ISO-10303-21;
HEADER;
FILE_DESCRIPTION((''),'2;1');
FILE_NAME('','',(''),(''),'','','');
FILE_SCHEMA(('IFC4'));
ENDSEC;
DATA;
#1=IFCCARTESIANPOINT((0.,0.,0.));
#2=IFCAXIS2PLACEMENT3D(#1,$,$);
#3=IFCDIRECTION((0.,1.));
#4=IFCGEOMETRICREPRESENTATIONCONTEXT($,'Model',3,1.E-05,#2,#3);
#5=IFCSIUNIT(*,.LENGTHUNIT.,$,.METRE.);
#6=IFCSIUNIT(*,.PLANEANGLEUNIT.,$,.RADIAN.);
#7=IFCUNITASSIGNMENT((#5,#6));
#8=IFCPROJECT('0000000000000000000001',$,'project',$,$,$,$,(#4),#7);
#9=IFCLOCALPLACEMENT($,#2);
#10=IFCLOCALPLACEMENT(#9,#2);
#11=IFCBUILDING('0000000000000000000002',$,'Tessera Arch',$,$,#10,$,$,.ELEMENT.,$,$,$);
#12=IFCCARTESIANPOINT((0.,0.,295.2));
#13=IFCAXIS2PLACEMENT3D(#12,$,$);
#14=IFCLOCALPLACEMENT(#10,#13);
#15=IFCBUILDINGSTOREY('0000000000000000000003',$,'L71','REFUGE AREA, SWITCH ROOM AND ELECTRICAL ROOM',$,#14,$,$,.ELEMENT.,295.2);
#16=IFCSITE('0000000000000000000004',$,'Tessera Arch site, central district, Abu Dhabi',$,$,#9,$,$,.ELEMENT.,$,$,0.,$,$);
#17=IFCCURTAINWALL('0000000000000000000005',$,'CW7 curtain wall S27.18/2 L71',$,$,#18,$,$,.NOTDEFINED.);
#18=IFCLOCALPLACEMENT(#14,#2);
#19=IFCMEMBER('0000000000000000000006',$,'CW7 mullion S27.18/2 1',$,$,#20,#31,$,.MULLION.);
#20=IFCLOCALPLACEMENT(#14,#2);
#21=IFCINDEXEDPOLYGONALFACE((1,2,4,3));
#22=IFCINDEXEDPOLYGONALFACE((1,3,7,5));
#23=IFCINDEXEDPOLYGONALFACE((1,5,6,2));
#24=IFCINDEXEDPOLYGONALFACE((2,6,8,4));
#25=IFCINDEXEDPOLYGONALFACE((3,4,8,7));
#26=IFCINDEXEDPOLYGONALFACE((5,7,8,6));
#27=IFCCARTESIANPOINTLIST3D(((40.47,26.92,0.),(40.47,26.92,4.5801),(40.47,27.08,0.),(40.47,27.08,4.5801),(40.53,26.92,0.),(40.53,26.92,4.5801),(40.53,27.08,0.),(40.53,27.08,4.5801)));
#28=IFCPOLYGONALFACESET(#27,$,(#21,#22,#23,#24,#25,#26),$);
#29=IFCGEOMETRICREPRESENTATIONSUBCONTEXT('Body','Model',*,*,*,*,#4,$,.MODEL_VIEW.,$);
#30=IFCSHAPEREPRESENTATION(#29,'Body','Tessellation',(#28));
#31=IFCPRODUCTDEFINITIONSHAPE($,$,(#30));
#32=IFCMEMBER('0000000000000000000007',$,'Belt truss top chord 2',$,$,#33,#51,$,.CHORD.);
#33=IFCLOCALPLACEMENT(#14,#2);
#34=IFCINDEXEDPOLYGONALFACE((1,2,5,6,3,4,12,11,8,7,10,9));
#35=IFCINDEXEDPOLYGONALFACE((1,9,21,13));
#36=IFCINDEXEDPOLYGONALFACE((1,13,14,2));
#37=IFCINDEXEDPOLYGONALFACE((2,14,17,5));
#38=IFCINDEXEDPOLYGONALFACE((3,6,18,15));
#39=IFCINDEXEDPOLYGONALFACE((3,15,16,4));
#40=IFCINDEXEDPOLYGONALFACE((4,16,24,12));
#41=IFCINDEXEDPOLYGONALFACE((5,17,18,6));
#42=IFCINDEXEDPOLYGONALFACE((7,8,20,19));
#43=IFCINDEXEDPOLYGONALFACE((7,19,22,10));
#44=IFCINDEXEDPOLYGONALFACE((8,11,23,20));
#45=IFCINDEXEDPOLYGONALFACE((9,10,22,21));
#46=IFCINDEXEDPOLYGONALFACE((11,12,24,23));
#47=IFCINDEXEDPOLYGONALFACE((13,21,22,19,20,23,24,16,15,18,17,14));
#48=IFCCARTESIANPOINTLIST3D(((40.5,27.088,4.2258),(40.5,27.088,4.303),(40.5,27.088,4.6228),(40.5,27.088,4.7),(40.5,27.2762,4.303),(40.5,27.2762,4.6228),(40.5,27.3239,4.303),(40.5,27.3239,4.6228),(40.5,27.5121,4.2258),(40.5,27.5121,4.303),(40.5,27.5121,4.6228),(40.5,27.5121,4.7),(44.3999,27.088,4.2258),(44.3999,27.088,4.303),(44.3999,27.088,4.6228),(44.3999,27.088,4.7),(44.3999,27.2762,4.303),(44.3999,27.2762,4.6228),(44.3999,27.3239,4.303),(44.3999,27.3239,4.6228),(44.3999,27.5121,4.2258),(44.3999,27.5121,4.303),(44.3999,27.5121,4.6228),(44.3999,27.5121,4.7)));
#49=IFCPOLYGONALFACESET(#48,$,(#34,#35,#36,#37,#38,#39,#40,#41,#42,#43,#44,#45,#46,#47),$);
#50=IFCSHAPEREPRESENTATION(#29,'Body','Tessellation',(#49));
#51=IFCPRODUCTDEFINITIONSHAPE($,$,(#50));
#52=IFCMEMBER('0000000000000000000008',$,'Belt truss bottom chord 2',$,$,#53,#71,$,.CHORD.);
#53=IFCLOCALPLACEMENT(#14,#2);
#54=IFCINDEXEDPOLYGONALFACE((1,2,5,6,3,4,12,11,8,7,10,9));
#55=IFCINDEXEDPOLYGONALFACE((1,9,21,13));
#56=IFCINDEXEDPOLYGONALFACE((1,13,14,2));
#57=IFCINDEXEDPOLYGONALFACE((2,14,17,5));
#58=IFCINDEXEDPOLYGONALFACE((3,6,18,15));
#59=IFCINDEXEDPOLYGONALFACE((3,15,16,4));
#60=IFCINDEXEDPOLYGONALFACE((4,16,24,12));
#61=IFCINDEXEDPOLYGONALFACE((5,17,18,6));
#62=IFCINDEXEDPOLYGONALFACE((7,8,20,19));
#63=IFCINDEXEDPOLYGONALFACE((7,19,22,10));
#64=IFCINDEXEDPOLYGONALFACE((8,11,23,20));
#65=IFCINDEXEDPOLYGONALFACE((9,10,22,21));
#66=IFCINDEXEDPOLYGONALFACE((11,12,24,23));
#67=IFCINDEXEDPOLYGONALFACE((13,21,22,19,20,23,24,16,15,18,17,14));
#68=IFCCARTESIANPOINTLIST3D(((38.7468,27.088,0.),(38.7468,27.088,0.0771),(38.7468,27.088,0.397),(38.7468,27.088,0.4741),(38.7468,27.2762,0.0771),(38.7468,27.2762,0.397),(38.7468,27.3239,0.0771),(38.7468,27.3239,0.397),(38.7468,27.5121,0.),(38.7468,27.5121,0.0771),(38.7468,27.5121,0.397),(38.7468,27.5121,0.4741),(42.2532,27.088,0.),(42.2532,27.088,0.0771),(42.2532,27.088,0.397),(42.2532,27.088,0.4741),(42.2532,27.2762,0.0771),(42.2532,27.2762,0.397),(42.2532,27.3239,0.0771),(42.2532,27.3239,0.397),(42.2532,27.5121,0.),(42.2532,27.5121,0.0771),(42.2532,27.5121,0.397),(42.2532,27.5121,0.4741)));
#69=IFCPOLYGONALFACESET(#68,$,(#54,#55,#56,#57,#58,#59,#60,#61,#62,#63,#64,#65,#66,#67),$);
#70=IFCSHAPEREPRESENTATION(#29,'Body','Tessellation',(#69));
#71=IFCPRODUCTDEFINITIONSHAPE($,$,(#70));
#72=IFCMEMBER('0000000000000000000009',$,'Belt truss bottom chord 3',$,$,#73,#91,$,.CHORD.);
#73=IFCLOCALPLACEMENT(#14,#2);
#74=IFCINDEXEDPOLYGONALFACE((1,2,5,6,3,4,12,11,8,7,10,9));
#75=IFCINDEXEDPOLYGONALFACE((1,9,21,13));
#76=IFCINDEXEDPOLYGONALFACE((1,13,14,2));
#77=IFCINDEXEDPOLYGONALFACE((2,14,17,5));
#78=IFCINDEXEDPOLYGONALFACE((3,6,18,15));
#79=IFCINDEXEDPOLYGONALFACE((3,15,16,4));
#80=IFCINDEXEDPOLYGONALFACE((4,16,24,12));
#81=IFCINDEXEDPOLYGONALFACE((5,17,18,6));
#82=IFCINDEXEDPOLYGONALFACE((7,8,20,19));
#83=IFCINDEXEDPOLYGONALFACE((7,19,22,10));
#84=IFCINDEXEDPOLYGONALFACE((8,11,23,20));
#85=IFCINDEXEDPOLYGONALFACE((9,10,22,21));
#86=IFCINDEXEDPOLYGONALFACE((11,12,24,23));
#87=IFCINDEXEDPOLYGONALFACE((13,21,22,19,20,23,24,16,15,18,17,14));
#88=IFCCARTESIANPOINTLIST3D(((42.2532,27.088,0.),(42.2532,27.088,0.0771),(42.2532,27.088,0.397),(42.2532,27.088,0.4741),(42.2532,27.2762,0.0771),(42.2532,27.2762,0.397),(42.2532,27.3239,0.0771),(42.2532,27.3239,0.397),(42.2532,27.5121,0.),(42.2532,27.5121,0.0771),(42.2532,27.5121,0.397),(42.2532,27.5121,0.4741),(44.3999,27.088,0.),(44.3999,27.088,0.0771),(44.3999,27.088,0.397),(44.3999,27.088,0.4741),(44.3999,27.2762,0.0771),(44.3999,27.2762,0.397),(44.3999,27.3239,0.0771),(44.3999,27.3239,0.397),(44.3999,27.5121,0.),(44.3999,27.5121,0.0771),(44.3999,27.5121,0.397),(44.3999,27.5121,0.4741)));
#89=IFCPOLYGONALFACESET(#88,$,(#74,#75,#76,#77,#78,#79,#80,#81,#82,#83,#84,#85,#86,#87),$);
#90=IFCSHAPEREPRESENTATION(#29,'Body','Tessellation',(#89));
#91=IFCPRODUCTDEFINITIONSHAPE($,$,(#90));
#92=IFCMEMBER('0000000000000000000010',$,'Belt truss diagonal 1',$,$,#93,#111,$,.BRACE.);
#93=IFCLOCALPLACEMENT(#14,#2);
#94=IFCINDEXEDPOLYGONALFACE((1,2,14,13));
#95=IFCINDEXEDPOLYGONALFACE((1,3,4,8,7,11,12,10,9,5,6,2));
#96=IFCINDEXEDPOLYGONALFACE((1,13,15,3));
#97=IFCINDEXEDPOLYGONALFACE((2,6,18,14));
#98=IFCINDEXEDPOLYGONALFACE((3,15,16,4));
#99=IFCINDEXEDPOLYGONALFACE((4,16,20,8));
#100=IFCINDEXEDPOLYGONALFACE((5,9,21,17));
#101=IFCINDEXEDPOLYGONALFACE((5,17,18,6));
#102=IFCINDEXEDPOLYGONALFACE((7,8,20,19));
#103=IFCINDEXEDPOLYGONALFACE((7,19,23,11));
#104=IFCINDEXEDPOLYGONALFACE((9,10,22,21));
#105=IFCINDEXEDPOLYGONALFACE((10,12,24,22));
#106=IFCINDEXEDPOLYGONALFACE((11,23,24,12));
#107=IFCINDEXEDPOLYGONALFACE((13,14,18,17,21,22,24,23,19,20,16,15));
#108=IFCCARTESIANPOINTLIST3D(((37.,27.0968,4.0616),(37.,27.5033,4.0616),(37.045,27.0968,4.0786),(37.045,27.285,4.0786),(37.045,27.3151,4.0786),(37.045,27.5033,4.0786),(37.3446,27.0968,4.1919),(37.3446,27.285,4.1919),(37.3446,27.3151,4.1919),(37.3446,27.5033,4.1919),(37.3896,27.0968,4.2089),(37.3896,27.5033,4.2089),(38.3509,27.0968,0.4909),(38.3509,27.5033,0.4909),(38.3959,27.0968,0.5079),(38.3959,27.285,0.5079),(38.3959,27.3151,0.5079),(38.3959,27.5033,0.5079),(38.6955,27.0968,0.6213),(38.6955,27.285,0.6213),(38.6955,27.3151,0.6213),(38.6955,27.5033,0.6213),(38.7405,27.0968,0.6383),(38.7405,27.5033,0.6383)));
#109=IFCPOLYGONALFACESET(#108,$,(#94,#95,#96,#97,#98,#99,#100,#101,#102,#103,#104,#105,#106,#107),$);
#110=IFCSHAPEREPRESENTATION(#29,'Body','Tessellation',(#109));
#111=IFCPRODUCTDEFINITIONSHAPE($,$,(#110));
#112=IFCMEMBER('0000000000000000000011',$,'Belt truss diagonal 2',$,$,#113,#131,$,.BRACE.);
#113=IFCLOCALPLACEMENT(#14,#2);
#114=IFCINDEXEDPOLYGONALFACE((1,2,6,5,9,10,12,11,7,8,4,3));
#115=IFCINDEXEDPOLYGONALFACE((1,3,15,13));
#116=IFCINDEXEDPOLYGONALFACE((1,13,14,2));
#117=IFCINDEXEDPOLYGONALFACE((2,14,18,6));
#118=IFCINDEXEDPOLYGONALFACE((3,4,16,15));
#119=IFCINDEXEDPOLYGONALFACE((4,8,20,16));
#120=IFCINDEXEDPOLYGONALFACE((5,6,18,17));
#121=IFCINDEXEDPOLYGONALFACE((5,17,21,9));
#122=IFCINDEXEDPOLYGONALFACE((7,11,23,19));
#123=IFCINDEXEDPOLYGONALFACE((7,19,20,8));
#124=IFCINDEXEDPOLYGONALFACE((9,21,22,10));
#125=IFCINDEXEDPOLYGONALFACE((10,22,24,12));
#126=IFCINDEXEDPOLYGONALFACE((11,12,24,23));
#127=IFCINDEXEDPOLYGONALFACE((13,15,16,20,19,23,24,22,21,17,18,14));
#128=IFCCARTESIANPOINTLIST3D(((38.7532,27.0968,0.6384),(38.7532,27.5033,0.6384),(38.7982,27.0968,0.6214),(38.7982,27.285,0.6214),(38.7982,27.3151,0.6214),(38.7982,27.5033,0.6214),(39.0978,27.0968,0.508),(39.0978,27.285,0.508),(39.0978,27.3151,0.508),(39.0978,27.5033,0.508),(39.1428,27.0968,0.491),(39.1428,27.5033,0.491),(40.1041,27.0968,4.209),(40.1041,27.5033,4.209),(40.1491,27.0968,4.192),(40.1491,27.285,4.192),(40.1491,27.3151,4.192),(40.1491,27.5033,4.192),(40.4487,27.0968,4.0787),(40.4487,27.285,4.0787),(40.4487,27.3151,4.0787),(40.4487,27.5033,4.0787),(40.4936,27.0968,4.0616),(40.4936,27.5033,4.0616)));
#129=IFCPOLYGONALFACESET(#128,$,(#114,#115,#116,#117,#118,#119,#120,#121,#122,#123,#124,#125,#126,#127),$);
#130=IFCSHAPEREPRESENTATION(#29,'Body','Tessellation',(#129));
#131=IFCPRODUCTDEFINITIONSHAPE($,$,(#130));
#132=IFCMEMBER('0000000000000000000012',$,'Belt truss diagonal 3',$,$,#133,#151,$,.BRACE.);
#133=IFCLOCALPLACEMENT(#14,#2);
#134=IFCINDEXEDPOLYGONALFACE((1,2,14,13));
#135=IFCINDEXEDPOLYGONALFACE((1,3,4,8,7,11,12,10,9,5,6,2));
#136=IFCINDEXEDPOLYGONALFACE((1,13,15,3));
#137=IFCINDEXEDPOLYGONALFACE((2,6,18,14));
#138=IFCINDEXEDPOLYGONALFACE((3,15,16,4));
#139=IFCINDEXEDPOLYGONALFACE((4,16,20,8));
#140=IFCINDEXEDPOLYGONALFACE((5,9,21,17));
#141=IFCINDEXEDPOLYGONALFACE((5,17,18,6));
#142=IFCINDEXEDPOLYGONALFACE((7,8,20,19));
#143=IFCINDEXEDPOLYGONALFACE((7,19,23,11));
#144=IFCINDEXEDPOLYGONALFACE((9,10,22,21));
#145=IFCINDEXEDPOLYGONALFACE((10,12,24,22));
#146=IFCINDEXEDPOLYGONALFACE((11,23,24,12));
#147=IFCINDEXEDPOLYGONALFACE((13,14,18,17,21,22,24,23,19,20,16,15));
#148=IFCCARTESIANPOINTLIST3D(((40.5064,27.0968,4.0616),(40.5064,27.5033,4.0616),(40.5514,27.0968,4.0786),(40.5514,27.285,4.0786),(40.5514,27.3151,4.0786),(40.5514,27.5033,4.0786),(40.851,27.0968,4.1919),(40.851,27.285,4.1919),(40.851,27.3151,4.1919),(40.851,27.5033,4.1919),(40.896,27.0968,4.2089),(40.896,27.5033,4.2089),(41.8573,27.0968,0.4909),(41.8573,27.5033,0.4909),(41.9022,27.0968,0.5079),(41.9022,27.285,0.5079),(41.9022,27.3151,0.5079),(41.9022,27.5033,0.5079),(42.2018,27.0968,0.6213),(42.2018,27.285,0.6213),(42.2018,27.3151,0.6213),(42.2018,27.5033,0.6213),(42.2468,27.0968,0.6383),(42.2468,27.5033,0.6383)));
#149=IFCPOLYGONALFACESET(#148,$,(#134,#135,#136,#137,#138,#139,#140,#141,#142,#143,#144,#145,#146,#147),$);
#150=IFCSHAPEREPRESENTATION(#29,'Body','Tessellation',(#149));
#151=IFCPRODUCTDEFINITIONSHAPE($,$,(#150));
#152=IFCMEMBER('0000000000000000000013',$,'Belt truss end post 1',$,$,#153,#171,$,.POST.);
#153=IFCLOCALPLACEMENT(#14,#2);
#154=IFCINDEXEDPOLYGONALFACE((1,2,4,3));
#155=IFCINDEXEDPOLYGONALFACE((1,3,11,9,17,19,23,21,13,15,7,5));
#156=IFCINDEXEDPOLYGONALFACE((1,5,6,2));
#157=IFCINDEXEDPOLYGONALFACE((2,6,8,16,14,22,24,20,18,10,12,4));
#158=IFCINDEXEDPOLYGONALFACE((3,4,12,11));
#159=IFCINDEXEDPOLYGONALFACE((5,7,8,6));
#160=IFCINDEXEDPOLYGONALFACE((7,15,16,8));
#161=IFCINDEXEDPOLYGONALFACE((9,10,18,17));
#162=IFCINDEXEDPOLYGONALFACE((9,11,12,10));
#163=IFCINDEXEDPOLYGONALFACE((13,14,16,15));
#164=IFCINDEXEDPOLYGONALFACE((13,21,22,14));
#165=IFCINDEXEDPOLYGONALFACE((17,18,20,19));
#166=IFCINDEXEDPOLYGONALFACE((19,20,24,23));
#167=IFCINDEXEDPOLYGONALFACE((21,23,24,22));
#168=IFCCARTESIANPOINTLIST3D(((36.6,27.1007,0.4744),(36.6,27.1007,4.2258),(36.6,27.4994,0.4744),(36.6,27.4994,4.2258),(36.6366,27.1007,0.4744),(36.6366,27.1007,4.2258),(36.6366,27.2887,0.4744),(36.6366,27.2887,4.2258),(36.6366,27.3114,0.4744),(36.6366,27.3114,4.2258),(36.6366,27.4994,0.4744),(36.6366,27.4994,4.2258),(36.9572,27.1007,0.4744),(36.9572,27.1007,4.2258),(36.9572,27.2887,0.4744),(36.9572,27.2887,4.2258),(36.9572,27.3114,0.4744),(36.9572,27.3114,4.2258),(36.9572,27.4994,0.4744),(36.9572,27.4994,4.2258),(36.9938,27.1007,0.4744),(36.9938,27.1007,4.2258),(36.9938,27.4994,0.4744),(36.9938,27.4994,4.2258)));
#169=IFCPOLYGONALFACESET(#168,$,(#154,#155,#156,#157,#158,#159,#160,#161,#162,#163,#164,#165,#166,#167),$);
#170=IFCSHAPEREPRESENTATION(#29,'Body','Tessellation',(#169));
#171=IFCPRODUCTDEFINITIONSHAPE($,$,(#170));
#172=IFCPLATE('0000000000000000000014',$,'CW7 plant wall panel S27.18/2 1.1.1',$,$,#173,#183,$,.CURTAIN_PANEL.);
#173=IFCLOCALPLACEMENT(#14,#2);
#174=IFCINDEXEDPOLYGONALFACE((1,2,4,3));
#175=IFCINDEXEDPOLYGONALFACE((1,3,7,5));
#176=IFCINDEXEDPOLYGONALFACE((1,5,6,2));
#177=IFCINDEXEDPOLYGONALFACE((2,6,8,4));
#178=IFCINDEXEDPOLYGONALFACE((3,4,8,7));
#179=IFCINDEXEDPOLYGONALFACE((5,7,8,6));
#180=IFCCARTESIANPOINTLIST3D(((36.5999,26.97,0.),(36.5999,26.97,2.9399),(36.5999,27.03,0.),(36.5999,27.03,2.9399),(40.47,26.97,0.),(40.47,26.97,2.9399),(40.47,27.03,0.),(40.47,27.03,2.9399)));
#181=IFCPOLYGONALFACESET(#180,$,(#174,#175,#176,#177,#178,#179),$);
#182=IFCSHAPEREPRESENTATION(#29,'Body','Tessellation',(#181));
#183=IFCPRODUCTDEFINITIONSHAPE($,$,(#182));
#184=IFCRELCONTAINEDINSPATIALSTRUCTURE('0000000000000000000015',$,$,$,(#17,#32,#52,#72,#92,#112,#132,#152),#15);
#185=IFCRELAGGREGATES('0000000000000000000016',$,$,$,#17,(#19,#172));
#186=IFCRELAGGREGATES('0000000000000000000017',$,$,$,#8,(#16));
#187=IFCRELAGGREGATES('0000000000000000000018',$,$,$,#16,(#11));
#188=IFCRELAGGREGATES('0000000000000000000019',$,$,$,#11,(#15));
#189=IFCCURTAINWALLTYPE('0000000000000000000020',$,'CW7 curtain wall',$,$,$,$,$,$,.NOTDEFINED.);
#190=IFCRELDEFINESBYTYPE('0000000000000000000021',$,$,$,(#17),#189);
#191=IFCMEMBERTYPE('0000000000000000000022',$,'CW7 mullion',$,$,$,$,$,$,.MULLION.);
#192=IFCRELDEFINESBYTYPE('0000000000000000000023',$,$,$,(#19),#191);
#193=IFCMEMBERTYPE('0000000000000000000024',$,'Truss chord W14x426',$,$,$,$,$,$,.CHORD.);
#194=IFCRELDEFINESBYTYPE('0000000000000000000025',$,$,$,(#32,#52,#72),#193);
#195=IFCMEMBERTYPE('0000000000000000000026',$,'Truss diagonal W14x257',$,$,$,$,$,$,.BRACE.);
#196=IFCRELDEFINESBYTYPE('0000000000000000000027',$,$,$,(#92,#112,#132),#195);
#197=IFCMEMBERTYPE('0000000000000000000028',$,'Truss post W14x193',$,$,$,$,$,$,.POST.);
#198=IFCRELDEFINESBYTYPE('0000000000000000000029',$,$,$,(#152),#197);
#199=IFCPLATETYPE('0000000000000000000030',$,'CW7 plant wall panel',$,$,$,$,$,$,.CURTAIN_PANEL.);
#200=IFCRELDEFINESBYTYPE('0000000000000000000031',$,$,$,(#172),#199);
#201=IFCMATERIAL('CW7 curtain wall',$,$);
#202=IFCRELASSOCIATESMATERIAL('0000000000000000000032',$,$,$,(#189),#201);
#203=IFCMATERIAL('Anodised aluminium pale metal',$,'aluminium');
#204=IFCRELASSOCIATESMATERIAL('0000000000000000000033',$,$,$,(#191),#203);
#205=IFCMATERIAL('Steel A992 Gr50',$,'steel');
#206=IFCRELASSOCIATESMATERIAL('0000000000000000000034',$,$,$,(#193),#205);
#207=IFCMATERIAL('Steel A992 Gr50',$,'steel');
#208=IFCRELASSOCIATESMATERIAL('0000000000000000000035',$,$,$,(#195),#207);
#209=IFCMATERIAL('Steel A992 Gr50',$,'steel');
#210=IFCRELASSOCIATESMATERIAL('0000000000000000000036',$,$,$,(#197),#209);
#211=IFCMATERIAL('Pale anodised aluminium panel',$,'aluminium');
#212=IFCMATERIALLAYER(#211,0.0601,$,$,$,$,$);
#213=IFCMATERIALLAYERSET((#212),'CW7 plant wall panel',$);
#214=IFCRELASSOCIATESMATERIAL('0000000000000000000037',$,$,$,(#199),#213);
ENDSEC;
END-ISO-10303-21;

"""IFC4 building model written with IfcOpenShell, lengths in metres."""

from ifc_helpers import new_model, si_unit, direction, frame, origin, origin_2d, place, context, subcontext, project, spatial, rectangle, i_section, extrude, material, layer, layer_set, material_profile, profile_set, type_object, element, aggregate, save


model = new_model("IFC4")

# Units and contexts
model_context = context("Model", 3, precision=1e-05, world=origin(), true_north=direction((0.0, 1.0)))
body_context = subcontext(model_context, "Body", "Model", "MODEL_VIEW")
ifc_project = project(units=[si_unit("LENGTHUNIT", "METRE"), si_unit("PLANEANGLEUNIT", "RADIAN")], contexts=[model_context])

# Site, building, storey
site_placement = place(None, origin())
site = spatial("IfcSite", under=ifc_project, at=site_placement, Name="Tessera Arch site, central district, Abu Dhabi", CompositionType="ELEMENT", RefElevation=0.0)
building_placement = place(site_placement, origin())
building = spatial("IfcBuilding", under=site, at=building_placement, Name="Tessera Arch", CompositionType="ELEMENT")
storey_placement = place(building_placement, frame((0.0, 0.0, 295.2)))
storey = spatial("IfcBuildingStorey", under=building, at=storey_placement, Name="L71", Description="REFUGE AREA, SWITCH ROOM AND ELECTRICAL ROOM", CompositionType="ELEMENT", Elevation=295.2)

# Curtain wall, member
ifc_material_1 = material(Name="CW7 curtain wall")
curtain_wall_type = type_object("IfcCurtainWallType", Name="CW7 curtain wall", PredefinedType="NOTDEFINED", material=ifc_material_1)
curtain_wall_placement = place(storey_placement, origin())
curtain_wall = element("IfcCurtainWall", 1, at=curtain_wall_placement, inside=storey, type_object=curtain_wall_type, Name="CW7 curtain wall S27.18/2 L71", PredefinedType="NOTDEFINED")
ifc_material_2 = material(Name="Anodised aluminium pale metal", Category="aluminium")
ifc_material_profile_1 = material_profile(ifc_material_2, rectangle(XDim=0.1599, YDim=0.0601, at=origin_2d()), Name="AL 60x160")
ifc_profile_set_1 = profile_set([ifc_material_profile_1], Name="Anodised aluminium pale metal")
member_type_1 = type_object("IfcMemberType", Name="CW7 mullion", PredefinedType="MULLION", material=ifc_profile_set_1)
member_1_placement = place(storey_placement, frame((40.5, 27.0, 0.0), z_axis=(0.0, 0.0, 1.0), x_axis=(0.0, 1.0, 0.0)))
member_1 = element("IfcMember", 2, at=member_1_placement, type_object=member_type_1, Name="CW7 mullion S27.18/2 1", PredefinedType="MULLION", context=body_context, shape_type="SweptSolid", body=[
    extrude(rectangle(XDim=0.1599, YDim=0.0601, at=origin_2d()), origin(), (0.0, 0.0, 1.0), 4.5801),
])

# Members
ifc_material_3 = material(Name="Steel A992 Gr50", Category="steel")
ifc_material_profile_2 = material_profile(ifc_material_3, i_section(OverallWidth=0.4241, OverallDepth=0.4741, WebThickness=0.0476, FlangeThickness=0.0771, at=origin_2d()), Name="W14x426")
ifc_profile_set_2 = profile_set([ifc_material_profile_2], Name="Steel A992 Gr50")
member_type_2 = type_object("IfcMemberType", Name="Truss chord W14x426", PredefinedType="CHORD", material=ifc_profile_set_2)
member_2_placement = place(storey_placement, frame((40.5, 27.3, 4.4629), z_axis=(1.0, 0.0, 0.0), x_axis=(0.0, 1.0, 0.0)))
element("IfcMember", 3, at=member_2_placement, inside=storey, type_object=member_type_2, Name="Belt truss top chord 2", PredefinedType="CHORD", context=body_context, shape_type="SweptSolid", body=[
    extrude(i_section(OverallWidth=0.4241, OverallDepth=0.4741, WebThickness=0.0476, FlangeThickness=0.0771, at=origin_2d()), origin(), (0.0, 0.0, 1.0), 3.8999),
])
member_3_placement = place(storey_placement, frame((38.7468, 27.3, 0.2371), z_axis=(1.0, 0.0, 0.0), x_axis=(0.0, 1.0, 0.0)))
element("IfcMember", 4, at=member_3_placement, inside=storey, type_object=member_type_2, Name="Belt truss bottom chord 2", PredefinedType="CHORD", context=body_context, shape_type="SweptSolid", body=[
    extrude(i_section(OverallWidth=0.4241, OverallDepth=0.4741, WebThickness=0.0476, FlangeThickness=0.0771, at=origin_2d()), origin(), (0.0, 0.0, 1.0), 3.5063),
])
member_4_placement = place(storey_placement, frame((42.2532, 27.3, 0.2371), z_axis=(1.0, 0.0, 0.0), x_axis=(0.0, 1.0, 0.0)))
element("IfcMember", 5, at=member_4_placement, inside=storey, type_object=member_type_2, Name="Belt truss bottom chord 3", PredefinedType="CHORD", context=body_context, shape_type="SweptSolid", body=[
    extrude(i_section(OverallWidth=0.4241, OverallDepth=0.4741, WebThickness=0.0476, FlangeThickness=0.0771, at=origin_2d()), origin(), (0.0, 0.0, 1.0), 2.1467),
])
ifc_material_4 = material(Name="Steel A992 Gr50", Category="steel")
ifc_material_profile_3 = material_profile(ifc_material_4, i_section(OverallWidth=0.4065, OverallDepth=0.4165, WebThickness=0.03, FlangeThickness=0.0481, at=origin_2d()), Name="W14x257")
ifc_profile_set_3 = profile_set([ifc_material_profile_3], Name="Steel A992 Gr50")
member_type_3 = type_object("IfcMemberType", Name="Truss diagonal W14x257", PredefinedType="BRACE", material=ifc_profile_set_3)
for number, where, z_axis, x_axis, name in (
    (6, (37.1948, 27.3, 4.1353), (0.353848, 0.0, -0.935303), (0.0, 1.0, 0.0), "Belt truss diagonal 1"),
    (7, (38.948, 27.3, 0.5647), (0.353848, 0.0, 0.935303), (0.0, 1.0, 0.0), "Belt truss diagonal 2"),
    (8, (40.7012, 27.3, 4.1353), (0.353848, 0.0, -0.935303), (0.0, 1.0, 0.0), "Belt truss diagonal 3"),
):
    element("IfcMember", number, at=place(storey_placement, frame(where, z_axis=z_axis, x_axis=x_axis)), inside=storey, type_object=member_type_3, Name=name, PredefinedType="BRACE", context=body_context, shape_type="SweptSolid", body=[
        extrude(i_section(OverallWidth=0.4065, OverallDepth=0.4165, WebThickness=0.03, FlangeThickness=0.0481, at=origin_2d()), origin(), (0.0, 0.0, 1.0), 3.8176),
    ])
ifc_material_5 = material(Name="Steel A992 Gr50", Category="steel")
ifc_material_profile_4 = material_profile(ifc_material_5, i_section(OverallWidth=0.3987, OverallDepth=0.3938, WebThickness=0.0227, FlangeThickness=0.0366, at=origin_2d()), Name="W14x193")
ifc_profile_set_4 = profile_set([ifc_material_profile_4], Name="Steel A992 Gr50")
member_type_4 = type_object("IfcMemberType", Name="Truss post W14x193", PredefinedType="POST", material=ifc_profile_set_4)
member_5_placement = place(storey_placement, frame((36.7969, 27.3, 0.4744), z_axis=(0.0, 0.0, 1.0), x_axis=(0.0, 1.0, 0.0)))
element("IfcMember", 9, at=member_5_placement, inside=storey, type_object=member_type_4, Name="Belt truss end post 1", PredefinedType="POST", context=body_context, shape_type="SweptSolid", body=[
    extrude(i_section(OverallWidth=0.3987, OverallDepth=0.3938, WebThickness=0.0227, FlangeThickness=0.0366, at=origin_2d()), origin(), (0.0, 0.0, 1.0), 3.7515),
])

# Plate
ifc_material_6 = material(Name="Pale anodised aluminium panel", Category="aluminium")
ifc_layer_1 = layer(ifc_material_6, 0.0601)
ifc_layer_set_1 = layer_set([ifc_layer_1], Name="CW7 plant wall panel")
plate_type_1 = type_object("IfcPlateType", Name="CW7 plant wall panel", PredefinedType="CURTAIN_PANEL", material=ifc_layer_set_1)
plate_1_placement = place(storey_placement, frame((38.5349, 27.0, 0.0), z_axis=(0.0, 0.0, 1.0), x_axis=(1.0, 0.0, 0.0)))
plate_1 = element("IfcPlate", 10, at=plate_1_placement, type_object=plate_type_1, Name="CW7 plant wall panel S27.18/2 1.1.1", PredefinedType="CURTAIN_PANEL", context=body_context, shape_type="SweptSolid", body=[
    extrude(rectangle(XDim=3.8701, YDim=0.0601, at=origin_2d()), origin(), (0.0, 0.0, 1.0), 2.9399),
])
aggregate(curtain_wall, [member_1, plate_1])

save(model, "model.ifc")
